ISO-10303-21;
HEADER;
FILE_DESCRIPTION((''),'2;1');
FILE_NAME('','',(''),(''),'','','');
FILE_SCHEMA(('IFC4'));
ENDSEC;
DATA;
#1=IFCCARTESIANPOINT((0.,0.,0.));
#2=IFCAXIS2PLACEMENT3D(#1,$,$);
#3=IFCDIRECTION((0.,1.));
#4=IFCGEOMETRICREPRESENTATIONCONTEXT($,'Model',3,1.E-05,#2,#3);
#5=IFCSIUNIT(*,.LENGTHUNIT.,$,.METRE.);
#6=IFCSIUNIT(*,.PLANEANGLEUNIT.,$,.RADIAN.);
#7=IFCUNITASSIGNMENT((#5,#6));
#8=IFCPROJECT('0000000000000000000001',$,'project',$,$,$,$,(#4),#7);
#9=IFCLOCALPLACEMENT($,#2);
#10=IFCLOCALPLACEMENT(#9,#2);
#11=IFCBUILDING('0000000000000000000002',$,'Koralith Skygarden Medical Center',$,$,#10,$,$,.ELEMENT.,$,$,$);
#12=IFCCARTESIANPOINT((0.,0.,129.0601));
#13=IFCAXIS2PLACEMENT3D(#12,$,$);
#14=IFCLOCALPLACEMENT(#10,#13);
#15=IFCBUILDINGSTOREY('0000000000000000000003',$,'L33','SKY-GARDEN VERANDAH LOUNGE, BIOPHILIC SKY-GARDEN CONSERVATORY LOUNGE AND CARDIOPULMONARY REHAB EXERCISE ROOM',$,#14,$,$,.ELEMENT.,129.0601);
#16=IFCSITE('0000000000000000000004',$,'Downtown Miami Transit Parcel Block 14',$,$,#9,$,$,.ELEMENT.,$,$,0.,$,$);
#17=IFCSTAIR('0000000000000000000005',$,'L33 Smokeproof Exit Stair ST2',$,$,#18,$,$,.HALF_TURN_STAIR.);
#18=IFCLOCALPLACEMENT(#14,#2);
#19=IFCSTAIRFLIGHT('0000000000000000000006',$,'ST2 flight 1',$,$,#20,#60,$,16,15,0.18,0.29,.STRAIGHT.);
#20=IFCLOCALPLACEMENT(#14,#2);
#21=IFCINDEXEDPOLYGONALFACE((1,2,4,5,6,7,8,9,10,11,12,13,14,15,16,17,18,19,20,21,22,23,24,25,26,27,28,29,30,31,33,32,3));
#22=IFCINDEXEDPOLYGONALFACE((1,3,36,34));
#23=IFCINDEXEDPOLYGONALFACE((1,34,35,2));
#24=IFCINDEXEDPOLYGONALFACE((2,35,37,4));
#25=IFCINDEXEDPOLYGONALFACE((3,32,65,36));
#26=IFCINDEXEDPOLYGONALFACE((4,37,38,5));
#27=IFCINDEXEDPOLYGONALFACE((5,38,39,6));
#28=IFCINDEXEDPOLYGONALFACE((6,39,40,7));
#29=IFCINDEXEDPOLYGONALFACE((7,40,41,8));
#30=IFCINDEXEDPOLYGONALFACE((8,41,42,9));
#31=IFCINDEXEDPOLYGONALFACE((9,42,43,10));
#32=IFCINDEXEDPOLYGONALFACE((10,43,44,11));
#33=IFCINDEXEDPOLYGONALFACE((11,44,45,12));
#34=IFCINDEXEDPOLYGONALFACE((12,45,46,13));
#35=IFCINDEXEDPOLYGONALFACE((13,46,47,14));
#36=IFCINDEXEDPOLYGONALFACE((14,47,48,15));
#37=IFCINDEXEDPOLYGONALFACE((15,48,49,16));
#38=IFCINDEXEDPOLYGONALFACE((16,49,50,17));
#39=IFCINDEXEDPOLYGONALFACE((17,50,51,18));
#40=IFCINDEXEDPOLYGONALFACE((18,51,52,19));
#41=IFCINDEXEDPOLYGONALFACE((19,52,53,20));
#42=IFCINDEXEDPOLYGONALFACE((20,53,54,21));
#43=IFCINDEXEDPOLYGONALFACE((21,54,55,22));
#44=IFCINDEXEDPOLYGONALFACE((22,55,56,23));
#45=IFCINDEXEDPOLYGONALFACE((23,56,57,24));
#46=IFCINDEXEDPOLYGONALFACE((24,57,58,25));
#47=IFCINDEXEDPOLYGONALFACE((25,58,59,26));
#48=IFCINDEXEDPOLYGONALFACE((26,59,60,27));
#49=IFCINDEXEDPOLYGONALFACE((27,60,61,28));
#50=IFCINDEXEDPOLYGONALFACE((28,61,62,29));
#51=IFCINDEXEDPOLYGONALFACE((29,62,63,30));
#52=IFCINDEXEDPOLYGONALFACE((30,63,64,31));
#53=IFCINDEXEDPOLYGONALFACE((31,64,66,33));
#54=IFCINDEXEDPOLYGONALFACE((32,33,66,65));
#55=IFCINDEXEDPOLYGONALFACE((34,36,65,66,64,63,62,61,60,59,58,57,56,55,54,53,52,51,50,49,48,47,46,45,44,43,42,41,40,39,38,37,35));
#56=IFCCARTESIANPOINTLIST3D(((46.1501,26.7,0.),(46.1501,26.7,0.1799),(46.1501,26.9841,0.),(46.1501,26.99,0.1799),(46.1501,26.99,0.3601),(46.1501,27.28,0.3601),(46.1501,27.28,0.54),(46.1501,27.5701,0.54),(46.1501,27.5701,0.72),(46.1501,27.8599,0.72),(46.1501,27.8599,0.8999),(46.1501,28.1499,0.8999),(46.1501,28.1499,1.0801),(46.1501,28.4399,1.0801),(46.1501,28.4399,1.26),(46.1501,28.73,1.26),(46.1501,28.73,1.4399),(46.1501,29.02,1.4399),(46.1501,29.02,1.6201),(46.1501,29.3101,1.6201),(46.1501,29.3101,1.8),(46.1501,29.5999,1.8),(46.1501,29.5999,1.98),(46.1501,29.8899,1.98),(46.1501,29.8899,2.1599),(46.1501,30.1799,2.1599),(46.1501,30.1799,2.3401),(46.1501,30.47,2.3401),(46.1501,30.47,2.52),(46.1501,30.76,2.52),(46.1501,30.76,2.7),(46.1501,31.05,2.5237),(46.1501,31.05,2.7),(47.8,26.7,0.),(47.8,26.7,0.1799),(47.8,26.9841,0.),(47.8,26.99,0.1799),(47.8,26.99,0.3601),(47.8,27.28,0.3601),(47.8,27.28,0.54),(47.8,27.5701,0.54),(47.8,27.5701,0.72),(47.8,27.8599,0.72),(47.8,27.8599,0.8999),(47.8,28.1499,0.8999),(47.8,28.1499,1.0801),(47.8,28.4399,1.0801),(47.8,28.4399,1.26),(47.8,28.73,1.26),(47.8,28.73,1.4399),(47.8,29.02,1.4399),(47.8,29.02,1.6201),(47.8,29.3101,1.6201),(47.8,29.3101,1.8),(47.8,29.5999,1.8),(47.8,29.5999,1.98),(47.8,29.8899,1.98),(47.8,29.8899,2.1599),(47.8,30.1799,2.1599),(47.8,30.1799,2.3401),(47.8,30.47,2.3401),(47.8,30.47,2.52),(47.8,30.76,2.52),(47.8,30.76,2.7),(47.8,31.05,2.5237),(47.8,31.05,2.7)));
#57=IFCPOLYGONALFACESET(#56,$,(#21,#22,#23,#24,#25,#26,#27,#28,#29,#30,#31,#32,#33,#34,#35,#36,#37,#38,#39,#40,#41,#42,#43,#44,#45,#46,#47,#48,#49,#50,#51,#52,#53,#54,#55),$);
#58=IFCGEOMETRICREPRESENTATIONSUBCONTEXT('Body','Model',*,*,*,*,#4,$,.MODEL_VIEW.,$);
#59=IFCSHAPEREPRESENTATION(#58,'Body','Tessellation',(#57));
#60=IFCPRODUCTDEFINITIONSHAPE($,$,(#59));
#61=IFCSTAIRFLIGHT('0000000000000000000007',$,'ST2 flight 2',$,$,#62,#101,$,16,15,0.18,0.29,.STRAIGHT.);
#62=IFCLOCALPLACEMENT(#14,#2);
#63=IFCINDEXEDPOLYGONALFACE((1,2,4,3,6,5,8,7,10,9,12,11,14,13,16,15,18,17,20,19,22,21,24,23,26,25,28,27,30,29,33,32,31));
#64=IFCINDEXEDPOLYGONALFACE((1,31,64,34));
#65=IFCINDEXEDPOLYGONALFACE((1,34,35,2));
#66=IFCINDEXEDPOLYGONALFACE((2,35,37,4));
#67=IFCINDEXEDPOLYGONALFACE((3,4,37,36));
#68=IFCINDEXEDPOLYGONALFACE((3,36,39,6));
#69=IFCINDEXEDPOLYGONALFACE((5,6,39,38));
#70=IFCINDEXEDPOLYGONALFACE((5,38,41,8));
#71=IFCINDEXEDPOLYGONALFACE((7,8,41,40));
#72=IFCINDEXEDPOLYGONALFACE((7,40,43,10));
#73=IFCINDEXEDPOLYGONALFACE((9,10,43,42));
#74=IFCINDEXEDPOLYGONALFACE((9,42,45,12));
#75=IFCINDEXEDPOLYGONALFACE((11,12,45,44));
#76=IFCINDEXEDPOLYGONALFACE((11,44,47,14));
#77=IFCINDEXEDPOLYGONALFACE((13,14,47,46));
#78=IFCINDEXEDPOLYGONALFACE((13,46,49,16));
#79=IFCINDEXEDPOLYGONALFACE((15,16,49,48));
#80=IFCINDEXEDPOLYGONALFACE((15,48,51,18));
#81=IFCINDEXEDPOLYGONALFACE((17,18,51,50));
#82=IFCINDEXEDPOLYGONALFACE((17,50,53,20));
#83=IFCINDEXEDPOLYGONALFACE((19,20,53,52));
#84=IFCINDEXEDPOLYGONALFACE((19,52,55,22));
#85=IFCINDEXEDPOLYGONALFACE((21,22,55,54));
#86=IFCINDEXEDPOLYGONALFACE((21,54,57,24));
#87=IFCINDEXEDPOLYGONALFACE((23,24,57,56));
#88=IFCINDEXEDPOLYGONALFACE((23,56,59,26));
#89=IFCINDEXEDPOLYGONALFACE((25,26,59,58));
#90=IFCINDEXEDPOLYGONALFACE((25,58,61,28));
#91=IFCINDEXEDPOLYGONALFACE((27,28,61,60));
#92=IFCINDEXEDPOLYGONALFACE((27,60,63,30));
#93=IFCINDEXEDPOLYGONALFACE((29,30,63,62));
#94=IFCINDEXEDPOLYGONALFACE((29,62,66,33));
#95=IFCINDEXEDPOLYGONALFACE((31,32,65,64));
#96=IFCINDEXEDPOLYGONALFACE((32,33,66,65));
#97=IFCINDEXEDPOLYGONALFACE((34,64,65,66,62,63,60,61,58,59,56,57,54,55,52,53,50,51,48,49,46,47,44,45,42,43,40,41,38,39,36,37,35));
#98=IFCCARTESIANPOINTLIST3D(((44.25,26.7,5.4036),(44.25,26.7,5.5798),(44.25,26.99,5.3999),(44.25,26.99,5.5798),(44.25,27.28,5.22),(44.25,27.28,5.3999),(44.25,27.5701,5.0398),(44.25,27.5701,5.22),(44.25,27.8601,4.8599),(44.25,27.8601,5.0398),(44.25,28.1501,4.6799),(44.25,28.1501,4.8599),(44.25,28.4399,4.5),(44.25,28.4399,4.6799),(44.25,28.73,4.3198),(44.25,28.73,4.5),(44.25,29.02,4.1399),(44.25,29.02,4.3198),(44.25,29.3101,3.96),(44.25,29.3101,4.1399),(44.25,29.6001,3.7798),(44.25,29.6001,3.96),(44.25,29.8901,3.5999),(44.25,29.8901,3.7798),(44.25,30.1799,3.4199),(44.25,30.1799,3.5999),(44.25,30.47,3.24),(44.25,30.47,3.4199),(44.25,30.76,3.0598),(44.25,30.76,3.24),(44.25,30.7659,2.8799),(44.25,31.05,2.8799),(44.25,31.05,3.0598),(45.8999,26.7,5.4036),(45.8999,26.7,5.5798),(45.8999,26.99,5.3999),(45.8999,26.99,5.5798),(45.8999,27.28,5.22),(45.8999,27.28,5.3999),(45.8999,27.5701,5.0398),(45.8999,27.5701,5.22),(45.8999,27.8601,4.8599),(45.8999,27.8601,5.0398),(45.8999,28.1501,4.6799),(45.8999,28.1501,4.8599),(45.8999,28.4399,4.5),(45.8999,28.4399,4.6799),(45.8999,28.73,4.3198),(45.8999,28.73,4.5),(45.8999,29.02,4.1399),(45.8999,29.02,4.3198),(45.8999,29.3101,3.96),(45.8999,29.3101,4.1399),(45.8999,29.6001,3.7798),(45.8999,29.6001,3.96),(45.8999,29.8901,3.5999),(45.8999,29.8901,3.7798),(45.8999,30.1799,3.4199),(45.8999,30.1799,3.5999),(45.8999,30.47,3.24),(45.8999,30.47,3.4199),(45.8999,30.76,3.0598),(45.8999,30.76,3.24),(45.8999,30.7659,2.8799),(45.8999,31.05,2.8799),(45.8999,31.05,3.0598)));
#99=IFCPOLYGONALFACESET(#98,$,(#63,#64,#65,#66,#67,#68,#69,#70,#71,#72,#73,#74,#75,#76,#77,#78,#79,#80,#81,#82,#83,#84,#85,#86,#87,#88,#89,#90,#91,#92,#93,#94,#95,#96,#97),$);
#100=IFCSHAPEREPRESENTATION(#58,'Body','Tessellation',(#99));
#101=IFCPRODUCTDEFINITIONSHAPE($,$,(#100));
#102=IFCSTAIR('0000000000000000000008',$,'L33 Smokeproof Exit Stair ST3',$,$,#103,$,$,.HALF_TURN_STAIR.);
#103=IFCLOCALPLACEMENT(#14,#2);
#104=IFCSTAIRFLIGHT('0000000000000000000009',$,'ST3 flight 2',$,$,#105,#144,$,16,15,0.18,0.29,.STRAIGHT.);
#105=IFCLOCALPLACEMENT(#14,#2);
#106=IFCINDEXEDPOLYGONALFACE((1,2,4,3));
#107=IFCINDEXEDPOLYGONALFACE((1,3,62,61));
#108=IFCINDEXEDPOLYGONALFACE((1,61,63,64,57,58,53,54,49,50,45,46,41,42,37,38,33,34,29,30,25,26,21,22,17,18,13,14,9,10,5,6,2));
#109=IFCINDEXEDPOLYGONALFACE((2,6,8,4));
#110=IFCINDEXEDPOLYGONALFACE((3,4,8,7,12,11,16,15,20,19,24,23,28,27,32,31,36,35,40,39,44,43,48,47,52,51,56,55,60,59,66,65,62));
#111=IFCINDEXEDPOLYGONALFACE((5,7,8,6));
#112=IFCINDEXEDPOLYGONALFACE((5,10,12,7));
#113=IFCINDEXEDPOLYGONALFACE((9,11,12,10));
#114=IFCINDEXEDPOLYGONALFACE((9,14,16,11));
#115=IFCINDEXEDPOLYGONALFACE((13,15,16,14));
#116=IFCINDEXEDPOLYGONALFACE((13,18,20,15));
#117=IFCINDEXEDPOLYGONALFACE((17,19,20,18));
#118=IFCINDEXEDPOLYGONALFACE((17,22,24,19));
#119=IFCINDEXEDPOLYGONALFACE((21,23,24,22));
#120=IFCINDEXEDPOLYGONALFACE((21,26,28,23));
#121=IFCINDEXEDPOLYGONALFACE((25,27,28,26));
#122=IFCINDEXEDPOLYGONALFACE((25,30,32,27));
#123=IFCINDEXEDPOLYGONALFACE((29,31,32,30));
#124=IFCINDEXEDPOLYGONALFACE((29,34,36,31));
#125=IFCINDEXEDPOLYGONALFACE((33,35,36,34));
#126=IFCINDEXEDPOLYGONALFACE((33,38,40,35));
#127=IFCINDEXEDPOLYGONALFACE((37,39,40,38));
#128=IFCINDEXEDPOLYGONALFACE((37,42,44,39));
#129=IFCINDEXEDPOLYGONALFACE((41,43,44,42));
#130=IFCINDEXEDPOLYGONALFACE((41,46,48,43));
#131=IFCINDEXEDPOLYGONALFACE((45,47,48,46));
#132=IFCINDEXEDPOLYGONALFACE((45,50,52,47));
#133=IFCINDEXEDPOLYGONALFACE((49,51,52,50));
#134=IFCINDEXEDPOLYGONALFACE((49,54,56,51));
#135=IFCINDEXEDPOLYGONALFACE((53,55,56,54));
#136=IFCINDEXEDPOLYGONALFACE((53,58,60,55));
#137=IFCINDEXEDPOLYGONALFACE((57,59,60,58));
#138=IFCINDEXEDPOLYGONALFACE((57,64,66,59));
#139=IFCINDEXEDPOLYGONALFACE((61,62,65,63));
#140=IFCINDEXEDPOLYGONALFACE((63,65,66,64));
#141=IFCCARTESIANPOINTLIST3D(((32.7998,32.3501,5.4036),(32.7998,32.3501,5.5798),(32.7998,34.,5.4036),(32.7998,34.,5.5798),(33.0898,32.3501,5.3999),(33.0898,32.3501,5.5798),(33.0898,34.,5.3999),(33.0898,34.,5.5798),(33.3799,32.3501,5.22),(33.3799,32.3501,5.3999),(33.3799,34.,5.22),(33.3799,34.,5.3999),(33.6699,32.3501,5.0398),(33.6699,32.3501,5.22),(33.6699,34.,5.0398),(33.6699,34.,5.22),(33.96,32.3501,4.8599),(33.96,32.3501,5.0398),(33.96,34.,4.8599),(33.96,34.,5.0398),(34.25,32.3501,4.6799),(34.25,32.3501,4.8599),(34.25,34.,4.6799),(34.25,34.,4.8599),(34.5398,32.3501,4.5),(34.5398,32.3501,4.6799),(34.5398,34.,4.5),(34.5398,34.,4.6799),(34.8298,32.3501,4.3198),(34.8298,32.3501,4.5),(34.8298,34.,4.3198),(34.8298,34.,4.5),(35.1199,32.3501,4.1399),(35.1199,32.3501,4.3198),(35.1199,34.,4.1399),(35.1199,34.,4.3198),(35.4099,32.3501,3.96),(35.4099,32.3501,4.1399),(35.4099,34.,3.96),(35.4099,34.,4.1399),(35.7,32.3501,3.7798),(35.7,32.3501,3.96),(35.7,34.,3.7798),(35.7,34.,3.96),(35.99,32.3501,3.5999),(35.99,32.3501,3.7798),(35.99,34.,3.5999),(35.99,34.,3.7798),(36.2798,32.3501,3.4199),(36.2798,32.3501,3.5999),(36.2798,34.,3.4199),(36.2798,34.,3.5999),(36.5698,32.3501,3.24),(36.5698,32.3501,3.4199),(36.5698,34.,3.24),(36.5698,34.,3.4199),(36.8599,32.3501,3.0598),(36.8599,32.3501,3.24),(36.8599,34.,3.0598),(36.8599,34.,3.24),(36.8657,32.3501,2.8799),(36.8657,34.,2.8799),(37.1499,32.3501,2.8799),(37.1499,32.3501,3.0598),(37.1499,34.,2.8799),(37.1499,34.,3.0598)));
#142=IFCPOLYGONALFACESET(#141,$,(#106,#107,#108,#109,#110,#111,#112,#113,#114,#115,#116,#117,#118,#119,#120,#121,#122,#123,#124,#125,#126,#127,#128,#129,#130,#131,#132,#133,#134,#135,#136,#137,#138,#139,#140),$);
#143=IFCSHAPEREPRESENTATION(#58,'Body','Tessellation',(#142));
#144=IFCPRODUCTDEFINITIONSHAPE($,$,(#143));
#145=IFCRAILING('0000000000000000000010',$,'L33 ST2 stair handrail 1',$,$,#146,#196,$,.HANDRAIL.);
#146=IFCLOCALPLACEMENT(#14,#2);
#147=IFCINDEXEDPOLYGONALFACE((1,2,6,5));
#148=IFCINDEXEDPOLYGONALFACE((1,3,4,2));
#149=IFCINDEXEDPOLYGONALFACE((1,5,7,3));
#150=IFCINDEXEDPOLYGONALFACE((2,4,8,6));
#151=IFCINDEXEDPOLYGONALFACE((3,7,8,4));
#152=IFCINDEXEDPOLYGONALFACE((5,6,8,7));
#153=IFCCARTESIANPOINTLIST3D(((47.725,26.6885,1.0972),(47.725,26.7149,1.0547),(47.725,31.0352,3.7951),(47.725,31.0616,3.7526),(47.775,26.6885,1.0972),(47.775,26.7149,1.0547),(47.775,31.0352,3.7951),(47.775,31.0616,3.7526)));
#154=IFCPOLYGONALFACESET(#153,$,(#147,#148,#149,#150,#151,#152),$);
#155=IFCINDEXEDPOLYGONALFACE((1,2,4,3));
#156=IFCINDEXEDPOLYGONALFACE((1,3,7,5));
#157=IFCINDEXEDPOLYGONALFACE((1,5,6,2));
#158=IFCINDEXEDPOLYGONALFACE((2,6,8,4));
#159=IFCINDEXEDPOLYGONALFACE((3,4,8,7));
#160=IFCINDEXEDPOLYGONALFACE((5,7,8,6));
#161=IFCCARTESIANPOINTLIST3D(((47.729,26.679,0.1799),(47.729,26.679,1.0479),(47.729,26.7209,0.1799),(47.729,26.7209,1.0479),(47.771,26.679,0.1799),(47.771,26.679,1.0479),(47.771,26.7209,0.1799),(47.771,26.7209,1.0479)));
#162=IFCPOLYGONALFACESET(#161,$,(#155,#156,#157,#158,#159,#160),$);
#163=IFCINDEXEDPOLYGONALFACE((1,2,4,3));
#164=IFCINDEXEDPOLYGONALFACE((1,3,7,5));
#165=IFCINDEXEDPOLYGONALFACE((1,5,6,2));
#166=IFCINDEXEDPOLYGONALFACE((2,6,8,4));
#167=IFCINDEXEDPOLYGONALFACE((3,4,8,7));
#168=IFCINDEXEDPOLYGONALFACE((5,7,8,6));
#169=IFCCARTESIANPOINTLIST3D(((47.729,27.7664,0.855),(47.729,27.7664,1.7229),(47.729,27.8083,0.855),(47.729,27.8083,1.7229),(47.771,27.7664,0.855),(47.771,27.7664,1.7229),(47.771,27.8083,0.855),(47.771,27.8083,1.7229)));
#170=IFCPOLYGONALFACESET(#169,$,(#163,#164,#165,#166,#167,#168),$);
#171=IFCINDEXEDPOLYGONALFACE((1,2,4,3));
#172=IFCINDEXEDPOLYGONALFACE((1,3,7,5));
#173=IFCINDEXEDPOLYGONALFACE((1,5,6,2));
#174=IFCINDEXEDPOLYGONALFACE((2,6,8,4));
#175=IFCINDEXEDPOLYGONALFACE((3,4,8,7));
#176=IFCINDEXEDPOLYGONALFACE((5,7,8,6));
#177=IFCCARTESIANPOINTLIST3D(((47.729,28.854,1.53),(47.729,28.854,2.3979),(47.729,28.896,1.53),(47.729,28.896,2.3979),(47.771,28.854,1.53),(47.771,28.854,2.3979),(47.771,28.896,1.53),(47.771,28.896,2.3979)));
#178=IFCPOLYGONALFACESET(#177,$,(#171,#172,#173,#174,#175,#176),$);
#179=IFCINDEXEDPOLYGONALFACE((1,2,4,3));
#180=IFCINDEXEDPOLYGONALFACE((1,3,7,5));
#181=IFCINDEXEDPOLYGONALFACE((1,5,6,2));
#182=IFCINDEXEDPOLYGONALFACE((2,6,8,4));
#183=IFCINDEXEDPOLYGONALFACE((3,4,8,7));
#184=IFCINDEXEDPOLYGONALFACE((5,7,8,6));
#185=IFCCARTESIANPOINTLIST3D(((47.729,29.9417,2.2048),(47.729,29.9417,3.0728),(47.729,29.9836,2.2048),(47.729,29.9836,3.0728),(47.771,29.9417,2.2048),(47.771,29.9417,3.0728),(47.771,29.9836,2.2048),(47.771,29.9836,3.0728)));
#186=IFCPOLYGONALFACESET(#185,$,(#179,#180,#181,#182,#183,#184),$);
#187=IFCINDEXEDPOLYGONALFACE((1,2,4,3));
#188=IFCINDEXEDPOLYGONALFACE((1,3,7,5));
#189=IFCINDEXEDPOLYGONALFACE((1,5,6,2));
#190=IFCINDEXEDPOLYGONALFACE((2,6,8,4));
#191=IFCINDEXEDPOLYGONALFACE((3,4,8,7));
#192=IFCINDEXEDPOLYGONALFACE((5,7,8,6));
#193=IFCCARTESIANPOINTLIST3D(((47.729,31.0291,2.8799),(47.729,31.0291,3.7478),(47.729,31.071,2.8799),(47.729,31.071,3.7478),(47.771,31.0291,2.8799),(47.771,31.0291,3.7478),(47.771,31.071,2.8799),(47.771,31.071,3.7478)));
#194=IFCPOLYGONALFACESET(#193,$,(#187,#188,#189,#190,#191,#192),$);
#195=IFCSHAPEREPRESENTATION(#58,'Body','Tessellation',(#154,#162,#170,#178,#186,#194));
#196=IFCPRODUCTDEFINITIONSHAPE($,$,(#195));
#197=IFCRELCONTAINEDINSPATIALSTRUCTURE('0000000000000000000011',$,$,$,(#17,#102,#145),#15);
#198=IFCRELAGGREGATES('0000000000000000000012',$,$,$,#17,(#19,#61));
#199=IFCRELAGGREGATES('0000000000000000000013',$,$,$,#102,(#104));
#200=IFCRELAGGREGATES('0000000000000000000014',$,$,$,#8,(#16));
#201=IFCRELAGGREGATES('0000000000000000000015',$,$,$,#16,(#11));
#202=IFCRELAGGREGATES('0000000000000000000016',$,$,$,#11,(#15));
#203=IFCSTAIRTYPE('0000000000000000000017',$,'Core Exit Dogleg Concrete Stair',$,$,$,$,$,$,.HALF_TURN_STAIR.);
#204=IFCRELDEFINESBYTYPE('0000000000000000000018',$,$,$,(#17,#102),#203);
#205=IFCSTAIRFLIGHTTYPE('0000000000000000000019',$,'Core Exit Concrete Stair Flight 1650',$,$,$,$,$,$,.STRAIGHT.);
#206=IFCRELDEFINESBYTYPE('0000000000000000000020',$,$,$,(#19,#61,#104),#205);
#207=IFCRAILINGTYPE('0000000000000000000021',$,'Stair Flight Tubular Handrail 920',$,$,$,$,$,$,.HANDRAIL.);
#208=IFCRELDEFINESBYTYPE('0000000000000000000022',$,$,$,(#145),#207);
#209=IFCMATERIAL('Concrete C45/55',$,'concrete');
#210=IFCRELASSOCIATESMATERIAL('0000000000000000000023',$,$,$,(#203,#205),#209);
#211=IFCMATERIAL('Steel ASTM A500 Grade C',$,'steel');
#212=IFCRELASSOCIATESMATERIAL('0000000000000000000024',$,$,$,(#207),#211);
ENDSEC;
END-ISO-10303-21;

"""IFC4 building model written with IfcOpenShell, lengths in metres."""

from ifc_helpers import new_model, si_unit, direction, frame, origin, origin_2d, place, context, subcontext, project, spatial, polyline, rectangle, outline, extrude, material, type_object, element, aggregate, save


model = new_model("IFC4")

# Units and contexts
model_context = context("Model", 3, precision=1e-05, world=origin(), true_north=direction((0.0, 1.0)))
body_context = subcontext(model_context, "Body", "Model", "MODEL_VIEW")
ifc_project = project(units=[si_unit("LENGTHUNIT", "METRE"), si_unit("PLANEANGLEUNIT", "RADIAN")], contexts=[model_context])

# Site, building, storey
site_placement = place(None, origin())
site = spatial("IfcSite", under=ifc_project, at=site_placement, Name="Downtown Miami Transit Parcel Block 14", CompositionType="ELEMENT", RefElevation=0.0)
building_placement = place(site_placement, origin())
building = spatial("IfcBuilding", under=site, at=building_placement, Name="Koralith Skygarden Medical Center", CompositionType="ELEMENT")
storey_placement = place(building_placement, frame((0.0, 0.0, 129.0601)))
storey = spatial("IfcBuildingStorey", under=building, at=storey_placement, Name="L33", Description="SKY-GARDEN VERANDAH LOUNGE, BIOPHILIC SKY-GARDEN CONSERVATORY LOUNGE AND CARDIOPULMONARY REHAB EXERCISE ROOM", CompositionType="ELEMENT", Elevation=129.0601)

# Shared definitions
ifc_material_1 = material(Name="Steel ASTM A500 Grade C", Category="steel")

# Shared definitions
ifc_material_2 = material(Name="Concrete C45/55", Category="concrete")

# Stair, stair flights
stair_type = type_object("IfcStairType", Name="Core Exit Dogleg Concrete Stair", PredefinedType="HALF_TURN_STAIR", material=ifc_material_2)
stair_1_placement = place(storey_placement, origin())
stair_1 = element("IfcStair", 1, at=stair_1_placement, inside=storey, type_object=stair_type, Name="L33 Smokeproof Exit Stair ST2", PredefinedType="HALF_TURN_STAIR")
stair_flight_type = type_object("IfcStairFlightType", Name="Core Exit Concrete Stair Flight 1650", PredefinedType="STRAIGHT", material=ifc_material_2)
stair_flight_1_placement = place(storey_placement, frame((46.9751, 26.7, 0.0), z_axis=(0.0, 0.0, 1.0), x_axis=(0.0, 1.0, 0.0)))
stair_flight_1 = element("IfcStairFlight", 2, at=stair_flight_1_placement, type_object=stair_flight_type, Name="ST2 flight 1", NumberOfRisers=16, NumberOfTreads=15, PredefinedType="STRAIGHT", RiserHeight=0.18, TreadLength=0.29, context=body_context, shape_type="SweptSolid", body=[
    extrude(outline(polyline([(0.0, 0.0), (0.0, 0.1799), (0.29, 0.1799), (0.29, 0.3601), (0.5801, 0.3601), (0.5801, 0.54), (0.8701, 0.54), (0.8701, 0.72), (1.1599, 0.72), (1.1599, 0.8999), (1.45, 0.8999), (1.45, 1.0801), (1.74, 1.0801), (1.74, 1.26), (2.03, 1.26), (2.03, 1.4399), (2.3201, 1.4399), (2.3201, 1.6201), (2.6101, 1.6201), (2.6101, 1.8), (2.8999, 1.8), (2.8999, 1.98), (3.1899, 1.98), (3.1899, 2.1599), (3.48, 2.1599), (3.48, 2.3401), (3.77, 2.3401), (3.77, 2.52), (4.0601, 2.52), (4.0601, 2.7), (4.3501, 2.7), (4.3501, 2.8799), (4.3501, 2.5237), (0.2842, 0.0), (0.0, 0.0)])), frame((0.0, 0.825, 0.0), z_axis=(0.0, -1.0, 0.0), x_axis=(1.0, 0.0, 0.0)), (0.0, 0.0, 1.0), 1.6499),
])
stair_flight_2_placement = place(storey_placement, frame((45.075, 31.05, 2.8799), z_axis=(0.0, 0.0, 1.0), x_axis=(0.0, -1.0, 0.0)))
stair_flight_2 = element("IfcStairFlight", 3, at=stair_flight_2_placement, type_object=stair_flight_type, Name="ST2 flight 2", NumberOfRisers=16, NumberOfTreads=15, PredefinedType="STRAIGHT", RiserHeight=0.18, TreadLength=0.29, context=body_context, shape_type="SweptSolid", body=[
    extrude(outline(polyline([(0.0, 0.0), (0.0, 0.1799), (0.29, 0.1799), (0.29, 0.3601), (0.5801, 0.3601), (0.5801, 0.54), (0.8701, 0.54), (0.8701, 0.72), (1.1599, 0.72), (1.1599, 0.8999), (1.45, 0.8999), (1.45, 1.0801), (1.74, 1.0801), (1.74, 1.26), (2.03, 1.26), (2.03, 1.4399), (2.3201, 1.4399), (2.3201, 1.6201), (2.6101, 1.6201), (2.6101, 1.8), (2.8999, 1.8), (2.8999, 1.98), (3.1899, 1.98), (3.1899, 2.1599), (3.48, 2.1599), (3.48, 2.3401), (3.77, 2.3401), (3.77, 2.52), (4.0601, 2.52), (4.0601, 2.7), (4.3501, 2.7), (4.3501, 2.8799), (4.3501, 2.5237), (0.2842, 0.0), (0.0, 0.0)])), frame((0.0, 0.825, 0.0), z_axis=(0.0, -1.0, 0.0), x_axis=(1.0, 0.0, 0.0)), (0.0, 0.0, 1.0), 1.6499),
])
aggregate(stair_1, [stair_flight_1, stair_flight_2])

# Stair, stair flight
stair_2_placement = place(storey_placement, origin())
stair_2 = element("IfcStair", 4, at=stair_2_placement, inside=storey, type_object=stair_type, Name="L33 Smokeproof Exit Stair ST3", PredefinedType="HALF_TURN_STAIR")
stair_flight_3_placement = place(storey_placement, frame((37.1499, 33.175, 2.8799), z_axis=(0.0, 0.0, 1.0), x_axis=(-1.0, 0.0, 0.0)))
stair_flight_3 = element("IfcStairFlight", 5, at=stair_flight_3_placement, type_object=stair_flight_type, Name="ST3 flight 2", NumberOfRisers=16, NumberOfTreads=15, PredefinedType="STRAIGHT", RiserHeight=0.18, TreadLength=0.29, context=body_context, shape_type="SweptSolid", body=[
    extrude(outline(polyline([(0.0, 0.0), (0.0, 0.1799), (0.29, 0.1799), (0.29, 0.3601), (0.5801, 0.3601), (0.5801, 0.54), (0.8701, 0.54), (0.8701, 0.72), (1.1599, 0.72), (1.1599, 0.8999), (1.45, 0.8999), (1.45, 1.0801), (1.74, 1.0801), (1.74, 1.26), (2.03, 1.26), (2.03, 1.4399), (2.3201, 1.4399), (2.3201, 1.6201), (2.6101, 1.6201), (2.6101, 1.8), (2.8999, 1.8), (2.8999, 1.98), (3.1899, 1.98), (3.1899, 2.1599), (3.48, 2.1599), (3.48, 2.3401), (3.77, 2.3401), (3.77, 2.52), (4.0601, 2.52), (4.0601, 2.7), (4.3501, 2.7), (4.3501, 2.8799), (4.3501, 2.5237), (0.2842, 0.0), (0.0, 0.0)])), frame((0.0, 0.825, 0.0), z_axis=(0.0, -1.0, 0.0), x_axis=(1.0, 0.0, 0.0)), (0.0, 0.0, 1.0), 1.6499),
])
aggregate(stair_2, [stair_flight_3])

# Railing
railing_type_1 = type_object("IfcRailingType", Name="Stair Flight Tubular Handrail 920", PredefinedType="HANDRAIL", material=ifc_material_1)
railing_1_placement = place(storey_placement, frame((47.75, 26.7, 0.1799)))
element("IfcRailing", 6, at=railing_1_placement, inside=storey, type_object=railing_type_1, Name="L33 ST2 stair handrail 1", PredefinedType="HANDRAIL", context=body_context, shape_type="SweptSolid", body=[
    extrude(rectangle(XDim=0.05, YDim=0.05, at=origin_2d()), frame((0.0, 0.0017, 0.896), z_axis=(0.0, 0.84965, 0.527347), x_axis=(-1.0, 0.0, 0.0)), (0.0, 0.0, 1.0), 5.116),
    extrude(rectangle(XDim=0.042, YDim=0.042, at=origin_2d()), origin(), (0.0, 0.0, 1.0), 0.8679),
    extrude(rectangle(XDim=0.042, YDim=0.042, at=origin_2d()), frame((0.0, 1.0874, 0.675)), (0.0, 0.0, 1.0), 0.8679),
    extrude(rectangle(XDim=0.042, YDim=0.042, at=origin_2d()), frame((0.0, 2.175, 1.3501)), (0.0, 0.0, 1.0), 0.8679),
    extrude(rectangle(XDim=0.042, YDim=0.042, at=origin_2d()), frame((0.0, 3.2627, 2.0249)), (0.0, 0.0, 1.0), 0.8679),
    extrude(rectangle(XDim=0.042, YDim=0.042, at=origin_2d()), frame((0.0, 4.3501, 2.7)), (0.0, 0.0, 1.0), 0.8679),
])

save(model, "model.ifc")
